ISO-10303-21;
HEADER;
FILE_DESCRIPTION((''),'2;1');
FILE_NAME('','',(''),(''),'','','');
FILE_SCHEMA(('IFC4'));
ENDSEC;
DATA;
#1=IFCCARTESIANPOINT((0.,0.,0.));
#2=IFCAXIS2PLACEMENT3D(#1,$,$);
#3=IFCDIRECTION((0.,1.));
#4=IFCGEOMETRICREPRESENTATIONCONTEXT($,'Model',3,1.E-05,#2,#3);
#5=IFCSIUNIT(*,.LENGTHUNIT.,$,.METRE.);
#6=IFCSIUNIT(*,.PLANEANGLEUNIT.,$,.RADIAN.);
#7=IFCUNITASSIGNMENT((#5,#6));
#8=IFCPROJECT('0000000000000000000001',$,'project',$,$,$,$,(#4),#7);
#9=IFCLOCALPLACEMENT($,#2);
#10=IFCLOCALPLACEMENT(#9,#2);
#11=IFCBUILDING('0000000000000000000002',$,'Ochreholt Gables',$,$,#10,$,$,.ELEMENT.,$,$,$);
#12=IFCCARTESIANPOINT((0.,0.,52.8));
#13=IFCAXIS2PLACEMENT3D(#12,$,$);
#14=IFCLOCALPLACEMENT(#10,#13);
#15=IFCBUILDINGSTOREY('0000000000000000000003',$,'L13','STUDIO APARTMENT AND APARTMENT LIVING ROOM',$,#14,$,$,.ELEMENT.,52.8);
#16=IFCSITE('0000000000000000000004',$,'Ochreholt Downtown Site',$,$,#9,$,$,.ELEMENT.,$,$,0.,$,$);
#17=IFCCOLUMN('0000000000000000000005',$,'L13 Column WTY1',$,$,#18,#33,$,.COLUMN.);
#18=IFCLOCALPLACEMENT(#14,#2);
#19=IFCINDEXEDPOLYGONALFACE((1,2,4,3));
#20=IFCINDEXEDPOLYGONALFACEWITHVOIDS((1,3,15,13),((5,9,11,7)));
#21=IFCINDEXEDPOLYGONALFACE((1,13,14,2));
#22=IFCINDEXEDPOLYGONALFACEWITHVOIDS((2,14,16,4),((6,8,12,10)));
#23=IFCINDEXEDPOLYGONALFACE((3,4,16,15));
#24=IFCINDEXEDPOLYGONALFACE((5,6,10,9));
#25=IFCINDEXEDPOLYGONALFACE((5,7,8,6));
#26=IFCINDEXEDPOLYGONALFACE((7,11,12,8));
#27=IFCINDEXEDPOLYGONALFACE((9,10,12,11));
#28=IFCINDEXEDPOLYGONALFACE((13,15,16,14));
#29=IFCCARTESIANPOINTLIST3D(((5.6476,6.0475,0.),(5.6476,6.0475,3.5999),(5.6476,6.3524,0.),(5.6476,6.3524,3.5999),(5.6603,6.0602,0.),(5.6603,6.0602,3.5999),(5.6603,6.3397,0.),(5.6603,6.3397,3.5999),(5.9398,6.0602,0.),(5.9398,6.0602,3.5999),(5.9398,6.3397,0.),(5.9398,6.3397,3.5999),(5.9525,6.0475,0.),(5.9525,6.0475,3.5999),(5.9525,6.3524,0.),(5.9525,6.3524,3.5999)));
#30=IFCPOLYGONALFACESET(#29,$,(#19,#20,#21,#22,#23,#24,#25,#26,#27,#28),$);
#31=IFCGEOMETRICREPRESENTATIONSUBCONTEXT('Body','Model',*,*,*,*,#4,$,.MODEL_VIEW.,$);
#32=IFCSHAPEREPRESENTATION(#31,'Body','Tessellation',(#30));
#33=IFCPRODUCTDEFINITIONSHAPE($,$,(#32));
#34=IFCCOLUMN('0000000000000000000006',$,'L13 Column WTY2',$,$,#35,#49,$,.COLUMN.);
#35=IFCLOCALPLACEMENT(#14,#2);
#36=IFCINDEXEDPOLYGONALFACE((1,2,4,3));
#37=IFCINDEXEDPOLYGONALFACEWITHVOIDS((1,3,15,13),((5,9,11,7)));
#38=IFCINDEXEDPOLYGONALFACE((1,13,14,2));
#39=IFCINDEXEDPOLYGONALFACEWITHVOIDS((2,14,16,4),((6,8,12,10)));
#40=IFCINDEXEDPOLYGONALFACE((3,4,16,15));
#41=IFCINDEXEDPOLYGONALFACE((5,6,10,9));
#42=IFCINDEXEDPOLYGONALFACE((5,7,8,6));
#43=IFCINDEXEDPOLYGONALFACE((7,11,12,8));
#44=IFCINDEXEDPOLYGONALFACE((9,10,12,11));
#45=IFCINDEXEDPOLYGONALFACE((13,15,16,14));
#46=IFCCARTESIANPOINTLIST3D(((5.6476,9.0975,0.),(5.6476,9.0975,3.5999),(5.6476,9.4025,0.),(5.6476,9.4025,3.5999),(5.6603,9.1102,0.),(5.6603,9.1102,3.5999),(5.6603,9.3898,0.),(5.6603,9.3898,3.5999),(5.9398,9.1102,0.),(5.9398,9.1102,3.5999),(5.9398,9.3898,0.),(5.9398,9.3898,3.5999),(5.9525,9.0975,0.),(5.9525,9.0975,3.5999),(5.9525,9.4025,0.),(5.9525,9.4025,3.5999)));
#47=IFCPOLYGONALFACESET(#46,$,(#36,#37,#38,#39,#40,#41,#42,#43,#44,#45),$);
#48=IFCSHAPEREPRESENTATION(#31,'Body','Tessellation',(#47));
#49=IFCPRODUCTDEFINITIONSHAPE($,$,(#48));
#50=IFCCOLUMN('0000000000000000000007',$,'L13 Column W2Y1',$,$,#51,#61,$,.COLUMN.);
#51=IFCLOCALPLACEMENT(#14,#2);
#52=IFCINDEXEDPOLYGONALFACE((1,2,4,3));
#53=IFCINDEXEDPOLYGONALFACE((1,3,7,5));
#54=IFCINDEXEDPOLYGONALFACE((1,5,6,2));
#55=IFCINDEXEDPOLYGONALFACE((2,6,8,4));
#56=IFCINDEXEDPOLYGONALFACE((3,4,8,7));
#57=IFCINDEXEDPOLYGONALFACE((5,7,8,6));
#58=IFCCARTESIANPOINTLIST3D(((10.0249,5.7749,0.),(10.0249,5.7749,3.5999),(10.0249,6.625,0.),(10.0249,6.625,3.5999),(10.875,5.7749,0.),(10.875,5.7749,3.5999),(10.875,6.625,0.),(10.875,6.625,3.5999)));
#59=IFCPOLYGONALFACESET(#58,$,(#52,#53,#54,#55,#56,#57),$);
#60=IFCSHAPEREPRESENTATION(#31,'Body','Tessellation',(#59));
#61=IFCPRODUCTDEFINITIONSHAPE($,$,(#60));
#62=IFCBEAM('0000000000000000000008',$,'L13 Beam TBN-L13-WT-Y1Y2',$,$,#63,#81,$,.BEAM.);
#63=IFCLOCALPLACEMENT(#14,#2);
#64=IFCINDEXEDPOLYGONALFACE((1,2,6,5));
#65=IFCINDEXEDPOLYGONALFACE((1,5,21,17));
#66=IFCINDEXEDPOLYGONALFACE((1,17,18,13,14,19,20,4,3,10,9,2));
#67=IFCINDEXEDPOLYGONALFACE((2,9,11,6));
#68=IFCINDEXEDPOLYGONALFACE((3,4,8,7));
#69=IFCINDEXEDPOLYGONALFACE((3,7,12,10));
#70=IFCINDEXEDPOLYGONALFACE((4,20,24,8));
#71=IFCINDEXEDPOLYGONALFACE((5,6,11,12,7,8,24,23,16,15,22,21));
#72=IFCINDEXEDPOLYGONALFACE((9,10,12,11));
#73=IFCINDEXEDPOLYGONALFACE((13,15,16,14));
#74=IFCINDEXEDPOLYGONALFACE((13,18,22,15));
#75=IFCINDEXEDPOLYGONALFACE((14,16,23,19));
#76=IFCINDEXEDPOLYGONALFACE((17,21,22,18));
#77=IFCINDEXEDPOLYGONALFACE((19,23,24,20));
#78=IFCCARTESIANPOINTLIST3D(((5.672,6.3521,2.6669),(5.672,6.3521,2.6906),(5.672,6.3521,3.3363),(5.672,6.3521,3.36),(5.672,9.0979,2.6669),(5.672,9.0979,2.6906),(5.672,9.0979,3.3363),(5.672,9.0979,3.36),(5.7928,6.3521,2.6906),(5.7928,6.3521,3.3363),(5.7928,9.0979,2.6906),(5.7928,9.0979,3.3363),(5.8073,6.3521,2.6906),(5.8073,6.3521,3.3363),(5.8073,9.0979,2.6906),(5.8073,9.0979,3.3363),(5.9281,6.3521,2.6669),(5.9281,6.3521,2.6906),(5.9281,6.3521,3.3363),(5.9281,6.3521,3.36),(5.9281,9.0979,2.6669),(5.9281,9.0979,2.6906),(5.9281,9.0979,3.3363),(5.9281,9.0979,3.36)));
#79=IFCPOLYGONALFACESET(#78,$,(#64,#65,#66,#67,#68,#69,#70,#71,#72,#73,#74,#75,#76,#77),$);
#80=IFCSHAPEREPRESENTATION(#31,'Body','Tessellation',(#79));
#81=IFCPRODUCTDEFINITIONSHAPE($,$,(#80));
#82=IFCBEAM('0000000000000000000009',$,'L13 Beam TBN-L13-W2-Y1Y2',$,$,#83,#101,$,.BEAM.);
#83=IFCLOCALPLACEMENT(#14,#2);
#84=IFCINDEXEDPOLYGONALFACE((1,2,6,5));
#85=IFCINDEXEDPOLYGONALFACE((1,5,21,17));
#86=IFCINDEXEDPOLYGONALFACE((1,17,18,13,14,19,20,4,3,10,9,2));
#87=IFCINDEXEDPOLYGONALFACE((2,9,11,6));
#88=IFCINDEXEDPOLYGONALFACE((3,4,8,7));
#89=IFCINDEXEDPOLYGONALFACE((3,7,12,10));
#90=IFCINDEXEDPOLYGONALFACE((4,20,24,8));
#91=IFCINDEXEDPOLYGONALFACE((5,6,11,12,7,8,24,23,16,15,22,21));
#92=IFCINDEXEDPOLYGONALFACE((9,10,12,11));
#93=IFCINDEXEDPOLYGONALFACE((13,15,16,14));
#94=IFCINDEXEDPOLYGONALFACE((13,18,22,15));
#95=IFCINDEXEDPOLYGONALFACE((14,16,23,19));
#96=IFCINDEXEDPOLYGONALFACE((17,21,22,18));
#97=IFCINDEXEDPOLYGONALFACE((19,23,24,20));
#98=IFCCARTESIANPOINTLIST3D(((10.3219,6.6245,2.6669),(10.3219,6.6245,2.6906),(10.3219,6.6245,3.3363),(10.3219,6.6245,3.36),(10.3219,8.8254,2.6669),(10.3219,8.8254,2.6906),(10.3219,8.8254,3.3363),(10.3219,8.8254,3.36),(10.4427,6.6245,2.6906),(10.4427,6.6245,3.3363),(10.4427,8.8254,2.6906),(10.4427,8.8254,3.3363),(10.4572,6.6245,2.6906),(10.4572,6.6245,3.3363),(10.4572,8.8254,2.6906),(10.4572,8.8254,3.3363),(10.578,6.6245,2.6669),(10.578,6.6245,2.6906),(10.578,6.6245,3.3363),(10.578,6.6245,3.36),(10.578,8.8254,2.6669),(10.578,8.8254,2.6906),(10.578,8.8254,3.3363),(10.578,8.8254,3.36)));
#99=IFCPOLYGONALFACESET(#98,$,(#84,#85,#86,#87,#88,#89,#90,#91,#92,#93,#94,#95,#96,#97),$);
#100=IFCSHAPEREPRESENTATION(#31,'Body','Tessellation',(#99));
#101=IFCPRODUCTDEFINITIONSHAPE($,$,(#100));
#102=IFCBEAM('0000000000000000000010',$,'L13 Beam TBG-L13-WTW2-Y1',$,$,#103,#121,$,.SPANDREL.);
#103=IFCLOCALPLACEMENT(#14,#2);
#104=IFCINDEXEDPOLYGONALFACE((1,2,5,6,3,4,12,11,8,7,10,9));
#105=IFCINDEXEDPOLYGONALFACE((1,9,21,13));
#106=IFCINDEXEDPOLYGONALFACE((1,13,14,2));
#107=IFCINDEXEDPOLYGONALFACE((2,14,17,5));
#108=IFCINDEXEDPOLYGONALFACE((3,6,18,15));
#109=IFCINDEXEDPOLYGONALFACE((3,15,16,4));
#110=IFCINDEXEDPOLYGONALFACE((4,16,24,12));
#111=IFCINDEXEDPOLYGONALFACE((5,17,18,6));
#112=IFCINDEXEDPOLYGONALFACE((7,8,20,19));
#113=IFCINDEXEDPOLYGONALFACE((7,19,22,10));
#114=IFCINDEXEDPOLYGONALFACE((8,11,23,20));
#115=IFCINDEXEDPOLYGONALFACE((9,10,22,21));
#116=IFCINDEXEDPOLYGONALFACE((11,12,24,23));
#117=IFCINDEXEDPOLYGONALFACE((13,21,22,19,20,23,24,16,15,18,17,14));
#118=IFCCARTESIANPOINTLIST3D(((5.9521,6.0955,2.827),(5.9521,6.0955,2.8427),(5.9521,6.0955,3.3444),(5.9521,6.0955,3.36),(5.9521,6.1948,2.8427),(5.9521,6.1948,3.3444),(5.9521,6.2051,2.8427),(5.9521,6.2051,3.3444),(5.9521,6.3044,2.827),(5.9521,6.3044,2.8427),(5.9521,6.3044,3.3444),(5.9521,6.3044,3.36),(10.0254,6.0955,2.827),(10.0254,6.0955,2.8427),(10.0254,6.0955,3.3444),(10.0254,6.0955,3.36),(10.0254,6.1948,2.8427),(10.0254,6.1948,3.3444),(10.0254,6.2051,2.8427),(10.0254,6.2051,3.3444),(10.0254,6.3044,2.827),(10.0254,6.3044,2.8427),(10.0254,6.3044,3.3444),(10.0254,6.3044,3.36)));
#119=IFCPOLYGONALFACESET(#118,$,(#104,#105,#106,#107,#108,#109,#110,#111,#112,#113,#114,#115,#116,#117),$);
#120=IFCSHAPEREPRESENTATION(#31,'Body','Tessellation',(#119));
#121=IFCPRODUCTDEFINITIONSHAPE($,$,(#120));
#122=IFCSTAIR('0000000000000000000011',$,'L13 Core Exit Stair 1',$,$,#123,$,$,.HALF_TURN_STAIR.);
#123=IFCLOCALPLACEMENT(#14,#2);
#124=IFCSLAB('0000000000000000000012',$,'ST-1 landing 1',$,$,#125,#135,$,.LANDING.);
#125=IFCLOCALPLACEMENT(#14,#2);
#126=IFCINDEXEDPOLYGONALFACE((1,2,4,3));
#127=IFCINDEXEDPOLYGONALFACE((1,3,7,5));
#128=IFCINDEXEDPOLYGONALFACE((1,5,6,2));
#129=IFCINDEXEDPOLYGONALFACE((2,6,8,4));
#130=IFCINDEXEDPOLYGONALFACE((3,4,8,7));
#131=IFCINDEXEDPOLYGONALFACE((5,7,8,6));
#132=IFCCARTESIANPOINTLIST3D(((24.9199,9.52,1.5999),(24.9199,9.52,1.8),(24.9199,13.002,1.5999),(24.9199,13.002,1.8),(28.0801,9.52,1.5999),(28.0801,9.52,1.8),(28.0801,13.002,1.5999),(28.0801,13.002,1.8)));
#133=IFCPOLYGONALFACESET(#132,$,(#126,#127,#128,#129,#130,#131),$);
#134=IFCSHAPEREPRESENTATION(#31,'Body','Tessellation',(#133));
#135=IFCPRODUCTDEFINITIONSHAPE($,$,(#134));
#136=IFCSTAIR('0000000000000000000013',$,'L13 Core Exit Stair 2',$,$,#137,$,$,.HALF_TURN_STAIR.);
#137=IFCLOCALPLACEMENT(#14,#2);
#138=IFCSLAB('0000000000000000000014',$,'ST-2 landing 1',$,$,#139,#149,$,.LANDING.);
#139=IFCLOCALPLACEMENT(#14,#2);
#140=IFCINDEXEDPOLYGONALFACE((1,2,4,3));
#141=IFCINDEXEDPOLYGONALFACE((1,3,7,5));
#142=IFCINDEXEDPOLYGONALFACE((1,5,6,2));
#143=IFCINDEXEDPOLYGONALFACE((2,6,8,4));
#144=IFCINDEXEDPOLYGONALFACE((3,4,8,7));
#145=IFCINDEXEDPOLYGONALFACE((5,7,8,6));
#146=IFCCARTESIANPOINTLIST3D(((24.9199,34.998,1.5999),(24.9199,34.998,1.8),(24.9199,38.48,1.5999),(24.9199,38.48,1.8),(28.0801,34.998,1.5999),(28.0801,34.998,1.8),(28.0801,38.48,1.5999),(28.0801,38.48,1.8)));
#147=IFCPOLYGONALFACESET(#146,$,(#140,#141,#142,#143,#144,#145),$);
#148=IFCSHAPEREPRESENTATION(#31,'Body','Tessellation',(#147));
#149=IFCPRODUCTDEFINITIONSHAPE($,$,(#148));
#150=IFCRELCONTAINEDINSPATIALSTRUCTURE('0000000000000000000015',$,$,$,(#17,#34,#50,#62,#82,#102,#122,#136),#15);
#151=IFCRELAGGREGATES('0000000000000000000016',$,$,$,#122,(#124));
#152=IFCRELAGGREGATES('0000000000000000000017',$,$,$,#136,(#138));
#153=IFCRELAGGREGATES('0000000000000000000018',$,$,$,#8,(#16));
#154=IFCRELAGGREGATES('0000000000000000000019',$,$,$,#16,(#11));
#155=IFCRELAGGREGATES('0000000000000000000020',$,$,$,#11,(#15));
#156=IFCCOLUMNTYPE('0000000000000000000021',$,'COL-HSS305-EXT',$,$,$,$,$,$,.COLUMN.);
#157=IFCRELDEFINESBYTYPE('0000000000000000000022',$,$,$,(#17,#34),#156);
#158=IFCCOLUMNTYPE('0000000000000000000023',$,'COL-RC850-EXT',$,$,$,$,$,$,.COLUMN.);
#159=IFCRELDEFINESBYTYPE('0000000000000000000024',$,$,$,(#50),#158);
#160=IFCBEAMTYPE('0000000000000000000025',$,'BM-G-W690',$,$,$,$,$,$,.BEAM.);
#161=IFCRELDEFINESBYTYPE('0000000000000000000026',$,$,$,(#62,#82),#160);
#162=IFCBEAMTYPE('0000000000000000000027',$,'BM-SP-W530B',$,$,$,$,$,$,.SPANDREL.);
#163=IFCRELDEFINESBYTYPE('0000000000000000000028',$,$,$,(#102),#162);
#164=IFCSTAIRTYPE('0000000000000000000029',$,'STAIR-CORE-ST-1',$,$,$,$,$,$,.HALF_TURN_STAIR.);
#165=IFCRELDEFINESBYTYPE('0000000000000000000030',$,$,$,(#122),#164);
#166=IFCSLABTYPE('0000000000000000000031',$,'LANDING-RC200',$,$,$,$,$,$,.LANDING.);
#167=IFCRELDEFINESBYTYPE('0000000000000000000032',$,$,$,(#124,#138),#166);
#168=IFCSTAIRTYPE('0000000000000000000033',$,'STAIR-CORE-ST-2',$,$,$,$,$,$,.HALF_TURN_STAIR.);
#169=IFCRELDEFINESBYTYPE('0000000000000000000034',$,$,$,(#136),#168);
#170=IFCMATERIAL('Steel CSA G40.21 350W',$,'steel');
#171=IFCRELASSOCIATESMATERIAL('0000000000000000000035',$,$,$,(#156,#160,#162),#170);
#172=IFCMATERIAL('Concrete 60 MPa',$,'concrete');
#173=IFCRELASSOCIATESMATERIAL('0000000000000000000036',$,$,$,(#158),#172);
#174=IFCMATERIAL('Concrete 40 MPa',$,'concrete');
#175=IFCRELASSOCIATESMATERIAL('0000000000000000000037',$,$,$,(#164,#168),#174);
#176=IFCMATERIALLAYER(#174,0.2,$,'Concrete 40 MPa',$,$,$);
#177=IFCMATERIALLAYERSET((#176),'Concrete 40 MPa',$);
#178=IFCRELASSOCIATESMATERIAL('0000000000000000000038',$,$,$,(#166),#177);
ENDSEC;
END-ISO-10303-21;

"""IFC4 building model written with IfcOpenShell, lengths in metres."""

from ifc_helpers import new_model, si_unit, direction, frame, origin, origin_2d, place, context, subcontext, project, spatial, polyline, rectangle, hollow_rectangle, i_section, outline, extrude, material, layer, layer_set, material_profile, profile_set, type_object, element, aggregate, save


model = new_model("IFC4")

# Units and contexts
model_context = context("Model", 3, precision=1e-05, world=origin(), true_north=direction((0.0, 1.0)))
body_context = subcontext(model_context, "Body", "Model", "MODEL_VIEW")
ifc_project = project(units=[si_unit("LENGTHUNIT", "METRE"), si_unit("PLANEANGLEUNIT", "RADIAN")], contexts=[model_context])

# Site, building, storey
site_placement = place(None, origin())
site = spatial("IfcSite", under=ifc_project, at=site_placement, Name="Ochreholt Downtown Site", CompositionType="ELEMENT", RefElevation=0.0)
building_placement = place(site_placement, origin())
building = spatial("IfcBuilding", under=site, at=building_placement, Name="Ochreholt Gables", CompositionType="ELEMENT")
storey_placement = place(building_placement, frame((0.0, 0.0, 52.8)))
storey = spatial("IfcBuildingStorey", under=building, at=storey_placement, Name="L13", Description="STUDIO APARTMENT AND APARTMENT LIVING ROOM", CompositionType="ELEMENT", Elevation=52.8)

# Columns
ifc_material_1 = material(Name="Steel CSA G40.21 350W", Category="steel")
ifc_material_profile_1 = material_profile(ifc_material_1, hollow_rectangle(XDim=0.3049, YDim=0.3049, WallThickness=0.0127, at=origin_2d()), Name="HSS305X305X13")
ifc_profile_set_1 = profile_set([ifc_material_profile_1], Name="Steel CSA G40.21 350W")
column_type_1 = type_object("IfcColumnType", Name="COL-HSS305-EXT", PredefinedType="COLUMN", material=ifc_profile_set_1)
for number, where, z_axis, x_axis, name in (
    (1, (5.8, 6.2, 0.0), (0.0, 0.0, 1.0), (1.0, 0.0, 0.0), "L13 Column WTY1"),
    (2, (5.8, 9.25, 0.0), (0.0, 0.0, 1.0), (1.0, 0.0, 0.0), "L13 Column WTY2"),
):
    element("IfcColumn", number, at=place(storey_placement, frame(where, z_axis=z_axis, x_axis=x_axis)), inside=storey, type_object=column_type_1, Name=name, PredefinedType="COLUMN", context=body_context, shape_type="SweptSolid", body=[
        extrude(hollow_rectangle(XDim=0.3049, YDim=0.3049, WallThickness=0.0127, at=origin_2d()), origin(), (0.0, 0.0, 1.0), 3.5999),
    ])
ifc_material_2 = material(Name="Concrete 60 MPa", Category="concrete")
ifc_material_profile_2 = material_profile(ifc_material_2, rectangle(XDim=0.8501, YDim=0.8501, at=origin_2d()), Name="RC850X850")
ifc_profile_set_2 = profile_set([ifc_material_profile_2], Name="Concrete 60 MPa")
column_type_2 = type_object("IfcColumnType", Name="COL-RC850-EXT", PredefinedType="COLUMN", material=ifc_profile_set_2)
column_placement = place(storey_placement, frame((10.45, 6.2, 0.0), z_axis=(0.0, 0.0, 1.0), x_axis=(1.0, 0.0, 0.0)))
element("IfcColumn", 3, at=column_placement, inside=storey, type_object=column_type_2, Name="L13 Column W2Y1", PredefinedType="COLUMN", context=body_context, shape_type="SweptSolid", body=[
    extrude(rectangle(XDim=0.8501, YDim=0.8501, at=origin_2d()), origin(), (0.0, 0.0, 1.0), 3.5999),
])

# Beams
ifc_material_profile_3 = material_profile(ifc_material_1, i_section(OverallWidth=0.2561, OverallDepth=0.6931, WebThickness=0.0144, FlangeThickness=0.0237, at=origin_2d()), Name="W690X170")
ifc_profile_set_3 = profile_set([ifc_material_profile_3], Name="Steel CSA G40.21 350W")
beam_type_1 = type_object("IfcBeamType", Name="BM-G-W690", PredefinedType="BEAM", material=ifc_profile_set_3)
beam_1_placement = place(storey_placement, frame((5.8, 6.3521, 3.0134), z_axis=(0.0, 1.0, 0.0), x_axis=(-1.0, 0.0, 0.0)))
element("IfcBeam", 4, at=beam_1_placement, inside=storey, type_object=beam_type_1, Name="L13 Beam TBN-L13-WT-Y1Y2", PredefinedType="BEAM", context=body_context, shape_type="SweptSolid", body=[
    extrude(i_section(OverallWidth=0.2561, OverallDepth=0.6931, WebThickness=0.0144, FlangeThickness=0.0237, at=origin_2d()), origin(), (0.0, 0.0, 1.0), 2.7458),
])
beam_2_placement = place(storey_placement, frame((10.45, 6.6245, 3.0134), z_axis=(0.0, 1.0, 0.0), x_axis=(-1.0, 0.0, 0.0)))
element("IfcBeam", 5, at=beam_2_placement, inside=storey, type_object=beam_type_1, Name="L13 Beam TBN-L13-W2-Y1Y2", PredefinedType="BEAM", context=body_context, shape_type="SweptSolid", body=[
    extrude(i_section(OverallWidth=0.2561, OverallDepth=0.6931, WebThickness=0.0144, FlangeThickness=0.0237, at=origin_2d()), origin(), (0.0, 0.0, 1.0), 2.2009),
])
ifc_material_profile_4 = material_profile(ifc_material_1, i_section(OverallWidth=0.209, OverallDepth=0.533, WebThickness=0.0103, FlangeThickness=0.0156, at=origin_2d()), Name="W530X92")
ifc_profile_set_4 = profile_set([ifc_material_profile_4], Name="Steel CSA G40.21 350W")
beam_type_2 = type_object("IfcBeamType", Name="BM-SP-W530B", PredefinedType="SPANDREL", material=ifc_profile_set_4)
beam_3_placement = place(storey_placement, frame((5.9521, 6.2, 3.0935), z_axis=(1.0, 0.0, 0.0), x_axis=(0.0, 1.0, 0.0)))
element("IfcBeam", 6, at=beam_3_placement, inside=storey, type_object=beam_type_2, Name="L13 Beam TBG-L13-WTW2-Y1", PredefinedType="SPANDREL", context=body_context, shape_type="SweptSolid", body=[
    extrude(i_section(OverallWidth=0.209, OverallDepth=0.533, WebThickness=0.0103, FlangeThickness=0.0156, at=origin_2d()), origin(), (0.0, 0.0, 1.0), 4.0732),
])

# Stairs, slabs
ifc_material_3 = material(Name="Concrete 40 MPa", Category="concrete")
stair_type_1 = type_object("IfcStairType", Name="STAIR-CORE-ST-1", PredefinedType="HALF_TURN_STAIR", material=ifc_material_3)
stair_1_placement = place(storey_placement, origin())
stair_1 = element("IfcStair", 7, at=stair_1_placement, inside=storey, type_object=stair_type_1, Name="L13 Core Exit Stair 1", PredefinedType="HALF_TURN_STAIR")
ifc_layer_1 = layer(ifc_material_3, 0.2, Name="Concrete 40 MPa")
ifc_layer_set_1 = layer_set([ifc_layer_1], Name="Concrete 40 MPa")
slab_type_1 = type_object("IfcSlabType", Name="LANDING-RC200", PredefinedType="LANDING", material=ifc_layer_set_1)
slab_1_placement = place(storey_placement, frame((0.0, 0.0, 1.5999)))
slab_1 = element("IfcSlab", 8, at=slab_1_placement, type_object=slab_type_1, Name="ST-1 landing 1", PredefinedType="LANDING", context=body_context, shape_type="SweptSolid", body=[
    extrude(outline(polyline([(24.9199, 13.002), (24.9199, 9.52), (28.0801, 9.52), (28.0801, 13.002), (24.9199, 13.002)])), origin(), (0.0, 0.0, 1.0), 0.2002),
])
aggregate(stair_1, [slab_1])
stair_type_2 = type_object("IfcStairType", Name="STAIR-CORE-ST-2", PredefinedType="HALF_TURN_STAIR", material=ifc_material_3)
stair_2_placement = place(storey_placement, origin())
stair_2 = element("IfcStair", 9, at=stair_2_placement, inside=storey, type_object=stair_type_2, Name="L13 Core Exit Stair 2", PredefinedType="HALF_TURN_STAIR")
slab_2_placement = place(storey_placement, frame((0.0, 0.0, 1.5999)))
slab_2 = element("IfcSlab", 10, at=slab_2_placement, type_object=slab_type_1, Name="ST-2 landing 1", PredefinedType="LANDING", context=body_context, shape_type="SweptSolid", body=[
    extrude(outline(polyline([(28.0801, 34.998), (28.0801, 38.48), (24.9199, 38.48), (24.9199, 34.998), (28.0801, 34.998)])), origin(), (0.0, 0.0, 1.0), 0.2002),
])
aggregate(stair_2, [slab_2])

save(model, "model.ifc")
